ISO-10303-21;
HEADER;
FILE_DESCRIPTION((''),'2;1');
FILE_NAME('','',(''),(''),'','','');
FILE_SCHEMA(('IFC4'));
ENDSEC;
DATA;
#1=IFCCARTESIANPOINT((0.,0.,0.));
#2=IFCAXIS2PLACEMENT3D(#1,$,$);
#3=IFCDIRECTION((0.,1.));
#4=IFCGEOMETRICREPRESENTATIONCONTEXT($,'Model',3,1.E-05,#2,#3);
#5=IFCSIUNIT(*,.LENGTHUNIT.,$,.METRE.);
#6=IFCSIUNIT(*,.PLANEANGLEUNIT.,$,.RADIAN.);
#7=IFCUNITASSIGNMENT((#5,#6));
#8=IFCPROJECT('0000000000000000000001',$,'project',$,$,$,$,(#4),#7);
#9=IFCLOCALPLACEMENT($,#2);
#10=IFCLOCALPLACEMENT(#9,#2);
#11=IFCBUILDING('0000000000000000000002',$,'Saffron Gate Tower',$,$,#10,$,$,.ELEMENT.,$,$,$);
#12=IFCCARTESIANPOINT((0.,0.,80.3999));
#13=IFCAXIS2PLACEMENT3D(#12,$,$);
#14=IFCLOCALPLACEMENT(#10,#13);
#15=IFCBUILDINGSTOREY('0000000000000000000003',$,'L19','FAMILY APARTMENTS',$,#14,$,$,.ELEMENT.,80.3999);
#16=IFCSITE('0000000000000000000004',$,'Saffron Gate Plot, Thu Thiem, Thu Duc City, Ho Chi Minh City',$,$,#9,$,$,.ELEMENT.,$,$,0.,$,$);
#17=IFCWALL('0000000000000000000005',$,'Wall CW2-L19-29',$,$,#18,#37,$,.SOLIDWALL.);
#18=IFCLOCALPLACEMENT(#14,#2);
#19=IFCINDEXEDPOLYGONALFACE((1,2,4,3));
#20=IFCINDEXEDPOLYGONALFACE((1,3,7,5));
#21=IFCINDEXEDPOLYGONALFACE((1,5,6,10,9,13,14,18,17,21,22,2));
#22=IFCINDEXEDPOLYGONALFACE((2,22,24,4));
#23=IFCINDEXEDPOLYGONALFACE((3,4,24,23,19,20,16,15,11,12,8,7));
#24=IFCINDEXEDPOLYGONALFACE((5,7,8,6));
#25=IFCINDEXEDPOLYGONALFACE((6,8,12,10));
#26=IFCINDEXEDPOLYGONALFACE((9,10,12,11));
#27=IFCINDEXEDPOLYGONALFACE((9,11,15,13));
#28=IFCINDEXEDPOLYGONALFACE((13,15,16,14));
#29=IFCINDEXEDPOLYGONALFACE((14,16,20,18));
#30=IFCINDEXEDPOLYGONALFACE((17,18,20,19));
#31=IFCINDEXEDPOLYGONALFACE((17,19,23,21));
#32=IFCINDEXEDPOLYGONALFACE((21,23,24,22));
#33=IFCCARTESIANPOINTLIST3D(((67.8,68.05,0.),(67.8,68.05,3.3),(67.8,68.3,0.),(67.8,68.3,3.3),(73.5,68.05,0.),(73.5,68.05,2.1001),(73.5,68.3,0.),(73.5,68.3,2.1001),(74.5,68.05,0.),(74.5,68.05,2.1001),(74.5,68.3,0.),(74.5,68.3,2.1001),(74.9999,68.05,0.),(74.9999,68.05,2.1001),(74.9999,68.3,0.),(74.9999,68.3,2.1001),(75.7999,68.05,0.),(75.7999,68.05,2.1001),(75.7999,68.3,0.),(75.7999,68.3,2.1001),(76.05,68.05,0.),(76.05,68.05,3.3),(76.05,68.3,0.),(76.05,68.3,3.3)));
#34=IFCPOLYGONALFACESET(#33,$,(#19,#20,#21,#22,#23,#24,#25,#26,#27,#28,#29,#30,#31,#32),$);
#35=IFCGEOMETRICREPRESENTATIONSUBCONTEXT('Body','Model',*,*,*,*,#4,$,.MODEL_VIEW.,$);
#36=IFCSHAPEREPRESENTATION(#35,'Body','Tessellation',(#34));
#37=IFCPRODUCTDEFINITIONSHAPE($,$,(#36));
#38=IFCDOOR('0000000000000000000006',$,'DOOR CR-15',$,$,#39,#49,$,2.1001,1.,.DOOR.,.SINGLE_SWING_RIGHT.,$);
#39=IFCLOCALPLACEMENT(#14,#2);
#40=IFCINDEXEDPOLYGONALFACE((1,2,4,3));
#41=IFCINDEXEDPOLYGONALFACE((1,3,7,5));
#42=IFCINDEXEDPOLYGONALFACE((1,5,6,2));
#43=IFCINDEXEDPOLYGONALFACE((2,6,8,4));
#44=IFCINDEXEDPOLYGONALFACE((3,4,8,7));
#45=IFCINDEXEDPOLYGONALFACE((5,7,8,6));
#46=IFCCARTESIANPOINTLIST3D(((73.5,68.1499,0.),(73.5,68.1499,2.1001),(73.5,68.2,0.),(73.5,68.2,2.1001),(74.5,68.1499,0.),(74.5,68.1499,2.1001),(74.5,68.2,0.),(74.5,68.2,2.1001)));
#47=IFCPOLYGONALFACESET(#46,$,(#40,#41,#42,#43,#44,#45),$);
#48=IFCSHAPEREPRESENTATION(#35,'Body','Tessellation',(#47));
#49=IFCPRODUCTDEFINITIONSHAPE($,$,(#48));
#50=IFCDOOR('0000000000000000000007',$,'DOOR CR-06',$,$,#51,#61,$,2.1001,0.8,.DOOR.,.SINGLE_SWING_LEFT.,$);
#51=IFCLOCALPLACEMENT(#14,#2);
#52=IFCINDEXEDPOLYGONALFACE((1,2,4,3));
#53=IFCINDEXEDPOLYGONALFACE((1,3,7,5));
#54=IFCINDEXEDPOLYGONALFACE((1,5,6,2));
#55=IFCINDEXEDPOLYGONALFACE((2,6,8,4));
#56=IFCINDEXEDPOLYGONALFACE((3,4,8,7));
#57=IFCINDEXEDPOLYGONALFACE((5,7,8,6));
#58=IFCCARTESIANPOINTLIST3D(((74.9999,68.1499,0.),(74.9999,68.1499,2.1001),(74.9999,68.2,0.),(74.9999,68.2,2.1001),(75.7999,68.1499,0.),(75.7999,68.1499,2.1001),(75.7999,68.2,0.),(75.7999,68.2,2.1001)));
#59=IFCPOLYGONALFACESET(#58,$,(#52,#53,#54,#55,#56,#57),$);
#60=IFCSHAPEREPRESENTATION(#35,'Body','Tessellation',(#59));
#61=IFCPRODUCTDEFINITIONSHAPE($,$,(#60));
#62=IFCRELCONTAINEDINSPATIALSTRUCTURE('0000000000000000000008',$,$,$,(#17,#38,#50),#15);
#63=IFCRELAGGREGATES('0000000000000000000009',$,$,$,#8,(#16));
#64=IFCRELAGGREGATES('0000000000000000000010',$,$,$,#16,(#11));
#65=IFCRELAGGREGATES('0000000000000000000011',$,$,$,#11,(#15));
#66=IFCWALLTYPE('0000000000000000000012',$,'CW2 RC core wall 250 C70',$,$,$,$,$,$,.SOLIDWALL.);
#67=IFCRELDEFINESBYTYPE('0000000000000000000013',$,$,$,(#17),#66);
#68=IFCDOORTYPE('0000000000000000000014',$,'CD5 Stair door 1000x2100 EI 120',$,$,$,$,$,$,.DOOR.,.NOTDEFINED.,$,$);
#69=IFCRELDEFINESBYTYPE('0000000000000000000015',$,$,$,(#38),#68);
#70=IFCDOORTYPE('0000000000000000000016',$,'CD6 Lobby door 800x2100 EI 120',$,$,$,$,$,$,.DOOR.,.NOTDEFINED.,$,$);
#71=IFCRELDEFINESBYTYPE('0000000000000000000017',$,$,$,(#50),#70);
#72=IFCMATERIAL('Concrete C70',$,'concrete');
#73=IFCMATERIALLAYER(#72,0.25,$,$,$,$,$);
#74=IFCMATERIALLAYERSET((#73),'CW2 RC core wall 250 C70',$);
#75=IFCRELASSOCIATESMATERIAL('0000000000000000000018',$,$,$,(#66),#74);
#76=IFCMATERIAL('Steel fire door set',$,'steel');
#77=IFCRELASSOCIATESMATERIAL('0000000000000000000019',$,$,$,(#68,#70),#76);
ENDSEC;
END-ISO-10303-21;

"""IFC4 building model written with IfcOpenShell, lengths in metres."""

from ifc_helpers import new_model, si_unit, direction, frame, frame_2d, origin, place, context, subcontext, project, spatial, rectangle, extrude, material, layer, layer_set, type_object, element, fill, save


model = new_model("IFC4")

# Units and contexts
model_context = context("Model", 3, precision=1e-05, world=origin(), true_north=direction((0.0, 1.0)))
body_context = subcontext(model_context, "Body", "Model", "MODEL_VIEW")
ifc_project = project(units=[si_unit("LENGTHUNIT", "METRE"), si_unit("PLANEANGLEUNIT", "RADIAN")], contexts=[model_context])

# Site, building, storey
site_placement = place(None, origin())
site = spatial("IfcSite", under=ifc_project, at=site_placement, Name="Saffron Gate Plot, Thu Thiem, Thu Duc City, Ho Chi Minh City", CompositionType="ELEMENT", RefElevation=0.0)
building_placement = place(site_placement, origin())
building = spatial("IfcBuilding", under=site, at=building_placement, Name="Saffron Gate Tower", CompositionType="ELEMENT")
storey_placement = place(building_placement, frame((0.0, 0.0, 80.3999)))
storey = spatial("IfcBuildingStorey", under=building, at=storey_placement, Name="L19", Description="FAMILY APARTMENTS", CompositionType="ELEMENT", Elevation=80.3999)

# Shared definitions
ifc_material_1 = material(Name="Concrete C70", Category="concrete")

# Wall, openings, doors
ifc_layer_1 = layer(ifc_material_1, 0.25)
ifc_layer_set_1 = layer_set([ifc_layer_1], Name="CW2 RC core wall 250 C70")
wall_type_1 = type_object("IfcWallType", Name="CW2 RC core wall 250 C70", PredefinedType="SOLIDWALL", material=ifc_layer_set_1)
wall_1_placement = place(storey_placement, frame((67.8, 68.175, 0.0), z_axis=(0.0, 0.0, 1.0), x_axis=(1.0, 0.0, 0.0)))
wall_1 = element("IfcWall", 1, at=wall_1_placement, inside=storey, type_object=wall_type_1, Name="Wall CW2-L19-29", PredefinedType="SOLIDWALL", context=body_context, shape_type="SweptSolid", body=[
    extrude(rectangle(XDim=8.25, YDim=0.25, at=frame_2d((4.125, 0.0))), origin(), (0.0, 0.0, 1.0), 3.3),
])
opening_1_placement = place(wall_1_placement, frame((5.7, 0.0, 0.0)))
opening_1 = element("IfcOpeningElement", 2, at=opening_1_placement, cuts=wall_1, PredefinedType="OPENING", context=body_context, shape_type="SweptSolid", body=[
    extrude(rectangle(XDim=1.0, YDim=2.1001, at=frame_2d((0.5, 1.05))), frame((0.0, 0.135, 0.0), z_axis=(0.0, -1.0, 0.0), x_axis=(1.0, 0.0, 0.0)), (0.0, 0.0, 1.0), 0.27),
])
opening_2_placement = place(wall_1_placement, frame((7.2, 0.0, 0.0)))
opening_2 = element("IfcOpeningElement", 3, at=opening_2_placement, cuts=wall_1, PredefinedType="OPENING", context=body_context, shape_type="SweptSolid", body=[
    extrude(rectangle(XDim=0.8, YDim=2.1001, at=frame_2d((0.3999, 1.05))), frame((0.0, 0.135, 0.0), z_axis=(0.0, -1.0, 0.0), x_axis=(1.0, 0.0, 0.0)), (0.0, 0.0, 1.0), 0.27),
])
ifc_material_2 = material(Name="Steel fire door set", Category="steel")
door_type_1 = type_object("IfcDoorType", Name="CD5 Stair door 1000x2100 EI 120", OperationType="NOTDEFINED", PredefinedType="DOOR", material=ifc_material_2)
door_1_placement = place(opening_1_placement, origin())
door_1 = element("IfcDoor", 4, at=door_1_placement, inside=storey, type_object=door_type_1, Name="DOOR CR-15", OperationType="SINGLE_SWING_RIGHT", OverallHeight=2.1001, OverallWidth=1.0, PredefinedType="DOOR", context=body_context, shape_type="SweptSolid", body=[
    extrude(rectangle(XDim=1.0, YDim=2.1001, at=frame_2d((0.5, 1.05))), frame((0.0, 0.0249, 0.0), z_axis=(0.0, -1.0, 0.0), x_axis=(1.0, 0.0, 0.0)), (0.0, 0.0, 1.0), 0.05),
])
fill(opening_1, door_1)
door_type_2 = type_object("IfcDoorType", Name="CD6 Lobby door 800x2100 EI 120", OperationType="NOTDEFINED", PredefinedType="DOOR", material=ifc_material_2)
door_2_placement = place(opening_2_placement, origin())
door_2 = element("IfcDoor", 5, at=door_2_placement, inside=storey, type_object=door_type_2, Name="DOOR CR-06", OperationType="SINGLE_SWING_LEFT", OverallHeight=2.1001, OverallWidth=0.8, PredefinedType="DOOR", context=body_context, shape_type="SweptSolid", body=[
    extrude(rectangle(XDim=0.8, YDim=2.1001, at=frame_2d((0.3999, 1.05))), frame((0.0, 0.0249, 0.0), z_axis=(0.0, -1.0, 0.0), x_axis=(1.0, 0.0, 0.0)), (0.0, 0.0, 1.0), 0.05),
])
fill(opening_2, door_2)

save(model, "model.ifc")
